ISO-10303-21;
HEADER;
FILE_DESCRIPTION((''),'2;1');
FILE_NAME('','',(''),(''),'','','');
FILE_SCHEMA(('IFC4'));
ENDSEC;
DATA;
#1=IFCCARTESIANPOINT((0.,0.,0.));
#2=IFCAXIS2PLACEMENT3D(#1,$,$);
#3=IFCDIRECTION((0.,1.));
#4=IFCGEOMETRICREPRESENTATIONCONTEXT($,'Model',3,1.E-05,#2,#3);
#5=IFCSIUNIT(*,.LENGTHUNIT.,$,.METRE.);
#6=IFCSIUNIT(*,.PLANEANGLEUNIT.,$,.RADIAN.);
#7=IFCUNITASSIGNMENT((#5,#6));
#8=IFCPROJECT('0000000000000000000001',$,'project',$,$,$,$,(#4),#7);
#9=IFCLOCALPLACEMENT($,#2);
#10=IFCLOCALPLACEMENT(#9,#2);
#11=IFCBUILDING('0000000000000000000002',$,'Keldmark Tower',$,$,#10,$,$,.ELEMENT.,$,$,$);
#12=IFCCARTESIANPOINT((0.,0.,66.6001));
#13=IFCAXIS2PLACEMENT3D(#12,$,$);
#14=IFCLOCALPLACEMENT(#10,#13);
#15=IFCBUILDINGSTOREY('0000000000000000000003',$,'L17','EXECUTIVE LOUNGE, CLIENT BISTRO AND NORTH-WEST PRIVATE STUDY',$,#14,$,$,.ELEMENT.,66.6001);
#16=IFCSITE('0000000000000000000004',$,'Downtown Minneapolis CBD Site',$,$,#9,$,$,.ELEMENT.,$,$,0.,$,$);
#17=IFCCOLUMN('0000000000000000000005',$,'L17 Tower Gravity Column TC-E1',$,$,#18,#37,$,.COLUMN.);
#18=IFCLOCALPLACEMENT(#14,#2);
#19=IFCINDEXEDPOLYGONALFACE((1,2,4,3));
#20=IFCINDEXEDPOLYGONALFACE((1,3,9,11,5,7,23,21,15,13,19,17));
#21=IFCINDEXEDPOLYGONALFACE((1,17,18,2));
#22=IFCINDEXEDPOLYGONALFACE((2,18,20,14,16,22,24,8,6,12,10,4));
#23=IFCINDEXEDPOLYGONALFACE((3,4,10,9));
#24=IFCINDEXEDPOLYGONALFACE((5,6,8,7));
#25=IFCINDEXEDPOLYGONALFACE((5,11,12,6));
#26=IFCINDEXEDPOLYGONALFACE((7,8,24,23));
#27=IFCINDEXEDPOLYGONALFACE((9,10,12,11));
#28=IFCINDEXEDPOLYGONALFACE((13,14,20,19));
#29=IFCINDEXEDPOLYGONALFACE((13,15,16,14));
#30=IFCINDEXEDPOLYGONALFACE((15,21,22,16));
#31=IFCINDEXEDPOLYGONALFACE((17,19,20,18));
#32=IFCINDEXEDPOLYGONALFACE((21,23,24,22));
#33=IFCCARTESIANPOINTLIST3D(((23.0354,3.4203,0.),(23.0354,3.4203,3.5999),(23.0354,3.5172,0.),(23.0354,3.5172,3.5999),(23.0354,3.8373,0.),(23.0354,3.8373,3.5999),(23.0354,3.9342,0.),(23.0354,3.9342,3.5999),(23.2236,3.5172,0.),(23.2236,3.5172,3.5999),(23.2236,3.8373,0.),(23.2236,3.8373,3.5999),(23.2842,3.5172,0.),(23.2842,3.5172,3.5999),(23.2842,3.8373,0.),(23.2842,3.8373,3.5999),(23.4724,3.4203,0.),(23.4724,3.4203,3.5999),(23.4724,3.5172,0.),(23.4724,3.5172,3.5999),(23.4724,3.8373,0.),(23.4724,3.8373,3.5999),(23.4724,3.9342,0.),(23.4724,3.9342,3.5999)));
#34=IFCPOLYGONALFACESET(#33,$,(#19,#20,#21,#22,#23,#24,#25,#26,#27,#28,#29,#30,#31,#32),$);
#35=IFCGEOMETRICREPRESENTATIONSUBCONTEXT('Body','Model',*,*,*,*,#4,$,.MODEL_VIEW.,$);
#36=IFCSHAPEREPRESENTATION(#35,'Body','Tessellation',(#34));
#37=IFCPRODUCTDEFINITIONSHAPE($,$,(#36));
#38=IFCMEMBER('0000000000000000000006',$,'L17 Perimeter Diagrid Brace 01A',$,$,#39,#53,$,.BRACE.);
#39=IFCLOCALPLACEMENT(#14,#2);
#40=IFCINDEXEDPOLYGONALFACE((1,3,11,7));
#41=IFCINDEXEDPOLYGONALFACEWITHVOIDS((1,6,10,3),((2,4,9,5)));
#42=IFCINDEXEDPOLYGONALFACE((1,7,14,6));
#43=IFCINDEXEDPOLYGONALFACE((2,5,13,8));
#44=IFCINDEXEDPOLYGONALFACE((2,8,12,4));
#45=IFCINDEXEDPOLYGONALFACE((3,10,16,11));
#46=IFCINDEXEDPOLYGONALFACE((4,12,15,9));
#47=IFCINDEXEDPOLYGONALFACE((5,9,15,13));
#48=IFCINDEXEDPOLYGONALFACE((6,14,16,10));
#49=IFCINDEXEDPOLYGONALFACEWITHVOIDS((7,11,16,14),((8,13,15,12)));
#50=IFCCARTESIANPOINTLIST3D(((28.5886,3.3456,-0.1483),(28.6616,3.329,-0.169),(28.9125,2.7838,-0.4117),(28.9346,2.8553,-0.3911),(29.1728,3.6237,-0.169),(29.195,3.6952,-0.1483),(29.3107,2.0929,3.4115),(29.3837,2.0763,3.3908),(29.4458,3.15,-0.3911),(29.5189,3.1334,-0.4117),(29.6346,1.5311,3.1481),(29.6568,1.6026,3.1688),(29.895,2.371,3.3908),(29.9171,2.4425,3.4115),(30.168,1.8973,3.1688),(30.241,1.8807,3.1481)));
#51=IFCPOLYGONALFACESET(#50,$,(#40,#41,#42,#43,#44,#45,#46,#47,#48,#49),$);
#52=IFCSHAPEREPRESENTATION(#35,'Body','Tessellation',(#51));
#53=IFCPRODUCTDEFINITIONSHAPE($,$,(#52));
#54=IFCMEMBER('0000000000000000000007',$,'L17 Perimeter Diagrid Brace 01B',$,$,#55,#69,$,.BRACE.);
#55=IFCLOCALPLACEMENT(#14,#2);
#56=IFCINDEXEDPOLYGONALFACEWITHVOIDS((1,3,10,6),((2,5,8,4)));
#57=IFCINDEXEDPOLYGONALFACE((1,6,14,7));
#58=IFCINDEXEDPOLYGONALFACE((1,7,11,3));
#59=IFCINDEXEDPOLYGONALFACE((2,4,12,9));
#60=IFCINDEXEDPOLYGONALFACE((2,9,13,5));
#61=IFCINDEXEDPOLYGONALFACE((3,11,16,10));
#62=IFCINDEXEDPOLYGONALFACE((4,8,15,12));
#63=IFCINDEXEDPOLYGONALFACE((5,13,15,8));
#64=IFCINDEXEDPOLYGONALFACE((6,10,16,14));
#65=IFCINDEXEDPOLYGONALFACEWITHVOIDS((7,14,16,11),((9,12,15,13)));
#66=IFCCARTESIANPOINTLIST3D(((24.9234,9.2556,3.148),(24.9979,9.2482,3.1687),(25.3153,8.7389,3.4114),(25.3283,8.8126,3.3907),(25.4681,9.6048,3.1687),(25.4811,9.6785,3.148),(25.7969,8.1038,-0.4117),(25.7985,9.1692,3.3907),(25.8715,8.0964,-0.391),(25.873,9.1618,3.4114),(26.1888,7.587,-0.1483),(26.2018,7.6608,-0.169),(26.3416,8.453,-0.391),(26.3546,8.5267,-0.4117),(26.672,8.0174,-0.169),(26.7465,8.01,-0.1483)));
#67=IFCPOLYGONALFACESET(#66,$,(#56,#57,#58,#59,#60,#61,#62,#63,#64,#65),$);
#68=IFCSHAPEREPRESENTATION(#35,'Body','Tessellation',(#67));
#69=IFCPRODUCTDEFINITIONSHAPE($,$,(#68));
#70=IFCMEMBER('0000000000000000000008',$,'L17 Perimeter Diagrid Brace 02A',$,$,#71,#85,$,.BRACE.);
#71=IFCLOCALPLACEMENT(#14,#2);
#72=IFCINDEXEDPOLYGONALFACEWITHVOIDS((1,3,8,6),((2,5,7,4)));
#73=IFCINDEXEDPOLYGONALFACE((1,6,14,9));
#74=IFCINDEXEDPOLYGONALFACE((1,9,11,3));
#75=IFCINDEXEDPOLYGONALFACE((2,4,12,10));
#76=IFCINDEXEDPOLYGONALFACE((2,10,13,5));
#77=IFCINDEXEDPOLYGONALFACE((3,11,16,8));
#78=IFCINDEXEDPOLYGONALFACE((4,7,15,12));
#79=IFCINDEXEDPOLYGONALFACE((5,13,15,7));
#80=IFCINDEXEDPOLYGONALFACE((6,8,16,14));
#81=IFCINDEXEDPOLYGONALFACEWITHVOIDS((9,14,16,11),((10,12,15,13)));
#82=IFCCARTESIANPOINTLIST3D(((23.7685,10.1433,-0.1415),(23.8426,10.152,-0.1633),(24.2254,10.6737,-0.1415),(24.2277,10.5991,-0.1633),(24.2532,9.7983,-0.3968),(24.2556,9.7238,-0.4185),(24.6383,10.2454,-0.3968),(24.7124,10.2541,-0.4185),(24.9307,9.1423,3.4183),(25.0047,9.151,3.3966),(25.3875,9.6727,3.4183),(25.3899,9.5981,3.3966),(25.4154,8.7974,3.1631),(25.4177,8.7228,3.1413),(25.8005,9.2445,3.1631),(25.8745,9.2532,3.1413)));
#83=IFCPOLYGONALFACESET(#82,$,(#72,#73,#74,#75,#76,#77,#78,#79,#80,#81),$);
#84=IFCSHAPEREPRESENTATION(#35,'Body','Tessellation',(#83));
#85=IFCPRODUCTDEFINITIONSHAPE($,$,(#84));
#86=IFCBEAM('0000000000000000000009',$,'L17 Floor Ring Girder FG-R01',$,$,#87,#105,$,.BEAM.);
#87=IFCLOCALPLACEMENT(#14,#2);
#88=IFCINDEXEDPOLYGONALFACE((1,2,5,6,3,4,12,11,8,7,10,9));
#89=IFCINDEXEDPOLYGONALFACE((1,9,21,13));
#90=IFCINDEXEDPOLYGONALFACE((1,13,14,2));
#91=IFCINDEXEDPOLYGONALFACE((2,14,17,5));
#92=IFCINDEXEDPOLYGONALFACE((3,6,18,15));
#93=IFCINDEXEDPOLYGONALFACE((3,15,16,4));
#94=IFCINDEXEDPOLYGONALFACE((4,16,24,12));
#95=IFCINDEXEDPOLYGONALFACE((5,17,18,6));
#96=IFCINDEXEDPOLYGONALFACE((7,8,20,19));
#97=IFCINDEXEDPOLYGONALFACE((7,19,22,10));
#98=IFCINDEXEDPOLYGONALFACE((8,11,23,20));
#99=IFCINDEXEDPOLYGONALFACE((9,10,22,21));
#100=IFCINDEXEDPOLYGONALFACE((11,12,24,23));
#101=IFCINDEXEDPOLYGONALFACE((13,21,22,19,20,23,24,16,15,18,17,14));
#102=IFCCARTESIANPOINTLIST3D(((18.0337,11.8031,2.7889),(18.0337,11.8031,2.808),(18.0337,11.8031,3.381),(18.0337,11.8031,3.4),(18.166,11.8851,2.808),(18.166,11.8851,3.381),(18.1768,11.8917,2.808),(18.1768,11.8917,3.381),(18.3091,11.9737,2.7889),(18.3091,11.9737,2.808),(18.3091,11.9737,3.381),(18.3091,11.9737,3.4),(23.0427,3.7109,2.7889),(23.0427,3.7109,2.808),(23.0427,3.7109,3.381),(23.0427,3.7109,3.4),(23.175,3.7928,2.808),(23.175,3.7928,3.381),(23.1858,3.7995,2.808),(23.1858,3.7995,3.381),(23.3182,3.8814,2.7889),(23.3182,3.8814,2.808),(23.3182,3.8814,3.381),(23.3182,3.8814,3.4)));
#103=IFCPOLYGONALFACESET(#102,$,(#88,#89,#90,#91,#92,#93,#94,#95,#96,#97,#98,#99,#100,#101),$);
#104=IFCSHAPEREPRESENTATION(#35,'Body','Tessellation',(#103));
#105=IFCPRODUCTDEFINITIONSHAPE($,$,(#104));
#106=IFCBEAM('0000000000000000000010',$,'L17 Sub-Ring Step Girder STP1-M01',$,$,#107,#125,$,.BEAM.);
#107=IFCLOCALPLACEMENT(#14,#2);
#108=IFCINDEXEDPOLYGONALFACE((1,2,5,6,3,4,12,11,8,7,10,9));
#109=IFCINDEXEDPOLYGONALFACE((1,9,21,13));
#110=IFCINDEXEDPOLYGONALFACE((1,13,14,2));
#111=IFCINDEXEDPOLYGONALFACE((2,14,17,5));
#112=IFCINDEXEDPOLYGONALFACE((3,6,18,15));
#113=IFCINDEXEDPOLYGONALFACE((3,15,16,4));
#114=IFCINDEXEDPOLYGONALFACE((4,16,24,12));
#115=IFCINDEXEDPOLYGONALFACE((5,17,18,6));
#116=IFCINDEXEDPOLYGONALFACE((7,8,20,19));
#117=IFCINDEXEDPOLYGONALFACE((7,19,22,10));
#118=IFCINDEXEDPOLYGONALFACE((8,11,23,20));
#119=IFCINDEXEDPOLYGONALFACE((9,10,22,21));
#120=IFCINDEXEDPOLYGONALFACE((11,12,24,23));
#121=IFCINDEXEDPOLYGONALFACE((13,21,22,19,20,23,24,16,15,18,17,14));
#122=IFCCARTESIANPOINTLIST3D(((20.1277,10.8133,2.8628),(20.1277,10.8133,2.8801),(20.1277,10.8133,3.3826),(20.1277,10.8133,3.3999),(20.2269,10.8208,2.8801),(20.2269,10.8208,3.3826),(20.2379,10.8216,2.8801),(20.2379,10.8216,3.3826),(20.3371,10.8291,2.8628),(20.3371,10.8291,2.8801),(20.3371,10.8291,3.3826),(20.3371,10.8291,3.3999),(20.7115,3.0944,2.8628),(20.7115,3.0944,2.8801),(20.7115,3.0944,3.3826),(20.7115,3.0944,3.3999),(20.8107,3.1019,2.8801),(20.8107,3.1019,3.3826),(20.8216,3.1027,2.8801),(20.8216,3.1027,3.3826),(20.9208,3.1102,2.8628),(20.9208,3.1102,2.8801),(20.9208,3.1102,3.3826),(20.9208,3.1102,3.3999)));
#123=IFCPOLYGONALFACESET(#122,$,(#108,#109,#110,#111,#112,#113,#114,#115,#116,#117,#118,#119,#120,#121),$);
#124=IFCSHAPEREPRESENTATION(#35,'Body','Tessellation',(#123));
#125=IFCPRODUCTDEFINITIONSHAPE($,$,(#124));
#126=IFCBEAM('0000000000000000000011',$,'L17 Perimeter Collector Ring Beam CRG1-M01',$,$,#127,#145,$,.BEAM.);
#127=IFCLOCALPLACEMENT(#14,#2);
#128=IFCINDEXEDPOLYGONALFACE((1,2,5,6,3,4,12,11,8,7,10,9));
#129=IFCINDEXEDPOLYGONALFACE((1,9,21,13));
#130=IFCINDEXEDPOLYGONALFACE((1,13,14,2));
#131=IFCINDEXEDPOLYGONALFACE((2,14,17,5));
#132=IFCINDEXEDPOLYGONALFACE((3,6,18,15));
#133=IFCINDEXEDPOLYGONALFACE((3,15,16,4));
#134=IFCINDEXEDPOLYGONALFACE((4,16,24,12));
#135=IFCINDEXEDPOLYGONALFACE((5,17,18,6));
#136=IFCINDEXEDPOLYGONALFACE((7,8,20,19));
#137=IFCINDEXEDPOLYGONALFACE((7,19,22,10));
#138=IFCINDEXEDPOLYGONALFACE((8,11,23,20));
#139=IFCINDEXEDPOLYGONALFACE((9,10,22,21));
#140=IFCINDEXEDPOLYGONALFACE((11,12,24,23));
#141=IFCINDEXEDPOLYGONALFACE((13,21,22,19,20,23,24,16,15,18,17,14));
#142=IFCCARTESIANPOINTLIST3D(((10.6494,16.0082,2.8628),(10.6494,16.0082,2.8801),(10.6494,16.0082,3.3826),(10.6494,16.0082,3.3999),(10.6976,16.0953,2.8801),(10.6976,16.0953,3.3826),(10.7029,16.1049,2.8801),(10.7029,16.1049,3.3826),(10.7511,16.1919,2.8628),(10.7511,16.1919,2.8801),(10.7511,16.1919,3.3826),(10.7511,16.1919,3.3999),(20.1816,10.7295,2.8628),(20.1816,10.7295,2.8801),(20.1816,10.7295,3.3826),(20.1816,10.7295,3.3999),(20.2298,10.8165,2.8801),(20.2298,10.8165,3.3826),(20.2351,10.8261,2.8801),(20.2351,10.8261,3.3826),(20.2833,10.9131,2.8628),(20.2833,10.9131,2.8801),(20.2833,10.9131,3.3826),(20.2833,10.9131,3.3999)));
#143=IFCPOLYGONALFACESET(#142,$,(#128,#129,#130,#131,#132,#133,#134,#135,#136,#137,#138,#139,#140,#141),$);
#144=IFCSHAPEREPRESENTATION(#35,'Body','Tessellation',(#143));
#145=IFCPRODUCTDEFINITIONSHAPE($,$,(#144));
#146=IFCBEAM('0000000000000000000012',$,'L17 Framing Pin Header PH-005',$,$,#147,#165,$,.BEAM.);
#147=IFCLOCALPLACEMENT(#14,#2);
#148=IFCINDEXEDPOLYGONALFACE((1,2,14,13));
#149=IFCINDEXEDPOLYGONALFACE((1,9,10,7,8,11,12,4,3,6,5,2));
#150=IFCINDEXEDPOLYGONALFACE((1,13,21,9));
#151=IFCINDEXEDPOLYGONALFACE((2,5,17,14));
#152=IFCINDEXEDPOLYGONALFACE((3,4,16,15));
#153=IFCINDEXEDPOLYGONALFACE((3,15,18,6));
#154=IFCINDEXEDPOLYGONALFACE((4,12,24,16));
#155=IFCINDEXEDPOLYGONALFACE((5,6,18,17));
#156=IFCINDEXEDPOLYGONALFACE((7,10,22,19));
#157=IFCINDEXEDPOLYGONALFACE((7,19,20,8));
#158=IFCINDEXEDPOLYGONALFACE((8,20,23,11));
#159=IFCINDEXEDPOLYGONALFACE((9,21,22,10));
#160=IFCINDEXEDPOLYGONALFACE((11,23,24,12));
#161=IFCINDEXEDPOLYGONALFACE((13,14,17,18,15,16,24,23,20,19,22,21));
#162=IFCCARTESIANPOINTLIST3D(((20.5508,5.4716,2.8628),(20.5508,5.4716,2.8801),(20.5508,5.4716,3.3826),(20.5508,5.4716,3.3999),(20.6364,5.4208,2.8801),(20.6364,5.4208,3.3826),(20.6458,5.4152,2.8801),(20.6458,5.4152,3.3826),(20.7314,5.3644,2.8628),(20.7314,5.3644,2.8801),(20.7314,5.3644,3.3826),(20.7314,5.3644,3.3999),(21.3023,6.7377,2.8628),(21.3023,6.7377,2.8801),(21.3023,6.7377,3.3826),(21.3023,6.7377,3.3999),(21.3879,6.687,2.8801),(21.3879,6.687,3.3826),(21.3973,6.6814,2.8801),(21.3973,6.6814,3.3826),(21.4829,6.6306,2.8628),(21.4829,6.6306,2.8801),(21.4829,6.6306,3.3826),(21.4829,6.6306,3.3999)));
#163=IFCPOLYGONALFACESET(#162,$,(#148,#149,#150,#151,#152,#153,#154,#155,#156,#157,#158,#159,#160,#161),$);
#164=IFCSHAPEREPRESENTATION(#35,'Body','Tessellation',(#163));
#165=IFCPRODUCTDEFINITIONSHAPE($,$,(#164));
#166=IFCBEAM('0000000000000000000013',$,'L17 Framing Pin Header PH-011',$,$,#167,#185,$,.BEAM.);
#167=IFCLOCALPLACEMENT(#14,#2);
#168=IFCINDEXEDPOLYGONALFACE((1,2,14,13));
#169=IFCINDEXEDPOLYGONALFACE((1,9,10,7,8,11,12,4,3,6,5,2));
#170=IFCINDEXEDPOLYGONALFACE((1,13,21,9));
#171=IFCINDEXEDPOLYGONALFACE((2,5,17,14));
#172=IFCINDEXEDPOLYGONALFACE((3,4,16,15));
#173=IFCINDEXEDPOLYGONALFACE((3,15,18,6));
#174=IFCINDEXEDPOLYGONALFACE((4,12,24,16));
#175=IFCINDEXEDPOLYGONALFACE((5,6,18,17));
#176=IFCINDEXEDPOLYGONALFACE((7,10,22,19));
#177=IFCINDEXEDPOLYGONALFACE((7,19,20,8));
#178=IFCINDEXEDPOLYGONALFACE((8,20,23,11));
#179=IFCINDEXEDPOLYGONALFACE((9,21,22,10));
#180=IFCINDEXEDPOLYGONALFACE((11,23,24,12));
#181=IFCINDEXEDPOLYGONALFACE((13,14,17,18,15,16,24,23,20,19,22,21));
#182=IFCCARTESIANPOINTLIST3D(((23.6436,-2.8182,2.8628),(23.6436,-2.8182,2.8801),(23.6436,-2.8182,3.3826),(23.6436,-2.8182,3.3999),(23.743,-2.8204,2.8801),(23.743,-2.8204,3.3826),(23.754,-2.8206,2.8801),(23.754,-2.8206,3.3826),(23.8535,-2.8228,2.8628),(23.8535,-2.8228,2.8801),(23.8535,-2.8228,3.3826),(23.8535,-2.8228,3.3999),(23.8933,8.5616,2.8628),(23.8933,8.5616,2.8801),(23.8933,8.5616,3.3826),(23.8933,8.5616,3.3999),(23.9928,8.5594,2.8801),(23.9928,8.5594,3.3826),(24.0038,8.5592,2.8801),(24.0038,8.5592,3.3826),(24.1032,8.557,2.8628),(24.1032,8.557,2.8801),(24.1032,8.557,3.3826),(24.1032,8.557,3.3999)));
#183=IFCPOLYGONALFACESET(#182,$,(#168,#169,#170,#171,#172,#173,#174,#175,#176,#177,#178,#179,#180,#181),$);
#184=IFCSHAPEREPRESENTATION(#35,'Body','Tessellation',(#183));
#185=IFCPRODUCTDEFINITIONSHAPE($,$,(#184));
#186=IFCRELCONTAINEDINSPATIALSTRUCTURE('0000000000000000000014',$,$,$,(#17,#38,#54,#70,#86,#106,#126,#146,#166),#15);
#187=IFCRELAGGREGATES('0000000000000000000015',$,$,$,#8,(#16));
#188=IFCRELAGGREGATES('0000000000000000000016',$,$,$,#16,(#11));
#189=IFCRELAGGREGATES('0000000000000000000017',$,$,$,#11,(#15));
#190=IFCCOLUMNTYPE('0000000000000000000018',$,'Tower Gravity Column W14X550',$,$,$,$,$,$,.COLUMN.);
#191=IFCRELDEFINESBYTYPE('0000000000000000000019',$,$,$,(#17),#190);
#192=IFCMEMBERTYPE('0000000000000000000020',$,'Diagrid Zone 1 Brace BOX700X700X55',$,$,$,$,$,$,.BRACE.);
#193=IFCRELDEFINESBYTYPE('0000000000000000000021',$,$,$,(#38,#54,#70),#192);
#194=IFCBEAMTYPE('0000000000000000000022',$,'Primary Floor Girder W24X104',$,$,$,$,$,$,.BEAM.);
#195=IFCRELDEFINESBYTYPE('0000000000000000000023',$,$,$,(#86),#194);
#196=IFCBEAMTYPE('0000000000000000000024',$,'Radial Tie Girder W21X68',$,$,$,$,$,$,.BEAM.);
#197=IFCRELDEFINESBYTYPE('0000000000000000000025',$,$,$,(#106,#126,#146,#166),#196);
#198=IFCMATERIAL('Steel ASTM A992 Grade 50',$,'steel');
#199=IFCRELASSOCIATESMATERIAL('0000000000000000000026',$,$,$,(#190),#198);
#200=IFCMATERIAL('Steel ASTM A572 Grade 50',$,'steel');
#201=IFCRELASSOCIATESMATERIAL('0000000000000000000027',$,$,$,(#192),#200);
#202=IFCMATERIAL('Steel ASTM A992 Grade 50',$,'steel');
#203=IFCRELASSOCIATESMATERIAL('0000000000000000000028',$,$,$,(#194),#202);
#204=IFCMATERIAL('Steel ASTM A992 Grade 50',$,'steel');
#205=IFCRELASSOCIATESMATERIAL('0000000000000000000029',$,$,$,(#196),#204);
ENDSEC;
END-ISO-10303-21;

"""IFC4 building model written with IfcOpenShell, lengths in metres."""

from ifc_helpers import new_model, si_unit, direction, frame, origin, origin_2d, place, context, subcontext, project, spatial, hollow_rectangle, i_section, extrude, material, material_profile, profile_set, type_object, element, save


model = new_model("IFC4")

# Units and contexts
model_context = context("Model", 3, precision=1e-05, world=origin(), true_north=direction((0.0, 1.0)))
body_context = subcontext(model_context, "Body", "Model", "MODEL_VIEW")
ifc_project = project(units=[si_unit("LENGTHUNIT", "METRE"), si_unit("PLANEANGLEUNIT", "RADIAN")], contexts=[model_context])

# Site, building, storey
site_placement = place(None, origin())
site = spatial("IfcSite", under=ifc_project, at=site_placement, Name="Downtown Minneapolis CBD Site", CompositionType="ELEMENT", RefElevation=0.0)
building_placement = place(site_placement, origin())
building = spatial("IfcBuilding", under=site, at=building_placement, Name="Keldmark Tower", CompositionType="ELEMENT")
storey_placement = place(building_placement, frame((0.0, 0.0, 66.6001)))
storey = spatial("IfcBuildingStorey", under=building, at=storey_placement, Name="L17", Description="EXECUTIVE LOUNGE, CLIENT BISTRO AND NORTH-WEST PRIVATE STUDY", CompositionType="ELEMENT", Elevation=66.6001)

# Column
ifc_material_1 = material(Name="Steel ASTM A992 Grade 50", Category="steel")
ifc_material_profile_1 = material_profile(ifc_material_1, i_section(OverallWidth=0.437, OverallDepth=0.5139, WebThickness=0.0605, FlangeThickness=0.0969, at=origin_2d()), Name="W14X550")
ifc_profile_set_1 = profile_set([ifc_material_profile_1], Name="Steel ASTM A992 Grade 50")
column_type = type_object("IfcColumnType", Name="Tower Gravity Column W14X550", PredefinedType="COLUMN", material=ifc_profile_set_1)
column_placement = place(storey_placement, frame((23.2539, 3.6772, 0.0), z_axis=(0.0, 0.0, 1.0), x_axis=(1.0, 0.0, 0.0)))
element("IfcColumn", 1, at=column_placement, inside=storey, type_object=column_type, Name="L17 Tower Gravity Column TC-E1", PredefinedType="COLUMN", context=body_context, shape_type="SweptSolid", body=[
    extrude(i_section(OverallWidth=0.437, OverallDepth=0.5139, WebThickness=0.0605, FlangeThickness=0.0969, at=origin_2d()), origin(), (0.0, 0.0, 1.0), 3.5999),
])

# Members
ifc_material_2 = material(Name="Steel ASTM A572 Grade 50", Category="steel")
ifc_material_profile_2 = material_profile(ifc_material_2, hollow_rectangle(XDim=0.7, YDim=0.7, WallThickness=0.0549, at=origin_2d()), Name="BOX700X700X55")
ifc_profile_set_2 = profile_set([ifc_material_profile_2], Name="Steel ASTM A572 Grade 50")
member_type = type_object("IfcMemberType", Name="Diagrid Zone 1 Brace BOX700X700X55", PredefinedType="BRACE", material=ifc_profile_set_2)
member_1_placement = place(storey_placement, frame((29.0537, 3.2395, -0.28), z_axis=(0.187954, -0.326028, 0.926488), x_axis=(0.866346, 0.499445, 0.0)))
element("IfcMember", 2, at=member_1_placement, inside=storey, type_object=member_type, Name="L17 Perimeter Diagrid Brace 01A", PredefinedType="BRACE", context=body_context, shape_type="SweptSolid", body=[
    extrude(hollow_rectangle(XDim=0.7, YDim=0.7, WallThickness=0.0549, at=origin_2d()), origin(), (0.0, 0.0, 1.0), 3.8423),
])
member_2_placement = place(storey_placement, frame((26.2717, 8.0569, -0.28), z_axis=(-0.227356, 0.299795, 0.926516), x_axis=(-0.796787, -0.604261, 0.0)))
element("IfcMember", 3, at=member_2_placement, inside=storey, type_object=member_type, Name="L17 Perimeter Diagrid Brace 01B", PredefinedType="BRACE", context=body_context, shape_type="SweptSolid", body=[
    extrude(hollow_rectangle(XDim=0.7, YDim=0.7, WallThickness=0.0549, at=origin_2d()), origin(), (0.0, 0.0, 1.0), 3.842),
])
member_3_placement = place(storey_placement, frame((24.2405, 10.1987, -0.28), z_axis=(0.299808, -0.258238, 0.918383), x_axis=(0.652625, 0.757681, 0.0)))
element("IfcMember", 4, at=member_3_placement, inside=storey, type_object=member_type, Name="L17 Perimeter Diagrid Brace 02A", PredefinedType="BRACE", context=body_context, shape_type="SweptSolid", body=[
    extrude(hollow_rectangle(XDim=0.7, YDim=0.7, WallThickness=0.0549, at=origin_2d()), origin(), (0.0, 0.0, 1.0), 3.8762),
])

# Beams
ifc_material_3 = material(Name="Steel ASTM A992 Grade 50", Category="steel")
ifc_material_profile_3 = material_profile(ifc_material_3, i_section(OverallWidth=0.324, OverallDepth=0.6111, WebThickness=0.0127, FlangeThickness=0.019, at=origin_2d()), Name="W24X104")
ifc_profile_set_3 = profile_set([ifc_material_profile_3], Name="Steel ASTM A992 Grade 50")
beam_type_1 = type_object("IfcBeamType", Name="Primary Floor Girder W24X104", PredefinedType="BEAM", material=ifc_profile_set_3)
beam_1_placement = place(storey_placement, frame((23.1804, 3.7961, 3.0945), z_axis=(-0.526318, 0.850288, 0.0), x_axis=(-0.850288, -0.526318, 0.0)))
element("IfcBeam", 5, at=beam_1_placement, inside=storey, type_object=beam_type_1, Name="L17 Floor Ring Girder FG-R01", PredefinedType="BEAM", context=body_context, shape_type="SweptSolid", body=[
    extrude(i_section(OverallWidth=0.324, OverallDepth=0.6111, WebThickness=0.0127, FlangeThickness=0.019, at=origin_2d()), origin(), (0.0, 0.0, 1.0), 9.5171),
])
ifc_material_4 = material(Name="Steel ASTM A992 Grade 50", Category="steel")
ifc_material_profile_4 = material_profile(ifc_material_4, i_section(OverallWidth=0.21, OverallDepth=0.5371, WebThickness=0.011, FlangeThickness=0.0173, at=origin_2d()), Name="W21X68")
ifc_profile_set_4 = profile_set([ifc_material_profile_4], Name="Steel ASTM A992 Grade 50")
beam_type_2 = type_object("IfcBeamType", Name="Radial Tie Girder W21X68", PredefinedType="BEAM", material=ifc_profile_set_4)
beam_2_placement = place(storey_placement, frame((20.8162, 3.1023, 3.1313), z_axis=(-0.075409, 0.997153, 0.0), x_axis=(-0.997153, -0.075409, 0.0)))
element("IfcBeam", 6, at=beam_2_placement, inside=storey, type_object=beam_type_2, Name="L17 Sub-Ring Step Girder STP1-M01", PredefinedType="BEAM", context=body_context, shape_type="SweptSolid", body=[
    extrude(i_section(OverallWidth=0.21, OverallDepth=0.5371, WebThickness=0.011, FlangeThickness=0.0173, at=origin_2d()), origin(), (0.0, 0.0, 1.0), 7.741),
])
beam_3_placement = place(storey_placement, frame((20.2324, 10.8213, 3.1313), z_axis=(-0.874814, 0.484459, 0.0), x_axis=(-0.484459, -0.874814, 0.0)))
element("IfcBeam", 7, at=beam_3_placement, inside=storey, type_object=beam_type_2, Name="L17 Perimeter Collector Ring Beam CRG1-M01", PredefinedType="BEAM", context=body_context, shape_type="SweptSolid", body=[
    extrude(i_section(OverallWidth=0.21, OverallDepth=0.5371, WebThickness=0.011, FlangeThickness=0.0173, at=origin_2d()), origin(), (0.0, 0.0, 1.0), 10.8962),
])
beam_4_placement = place(storey_placement, frame((20.6411, 5.418, 3.1313), z_axis=(0.510393, 0.859941, 0.0), x_axis=(-0.859941, 0.510393, 0.0)))
element("IfcBeam", 8, at=beam_4_placement, inside=storey, type_object=beam_type_2, Name="L17 Framing Pin Header PH-005", PredefinedType="BEAM", context=body_context, shape_type="SweptSolid", body=[
    extrude(i_section(OverallWidth=0.21, OverallDepth=0.5371, WebThickness=0.011, FlangeThickness=0.0173, at=origin_2d()), origin(), (0.0, 0.0, 1.0), 1.4724),
])
beam_5_placement = place(storey_placement, frame((23.9983, 8.5593, 3.1313), z_axis=(-0.021942, -0.999759, 0.0), x_axis=(0.999759, -0.021942, 0.0)))
element("IfcBeam", 9, at=beam_5_placement, inside=storey, type_object=beam_type_2, Name="L17 Framing Pin Header PH-011", PredefinedType="BEAM", context=body_context, shape_type="SweptSolid", body=[
    extrude(i_section(OverallWidth=0.21, OverallDepth=0.5371, WebThickness=0.011, FlangeThickness=0.0173, at=origin_2d()), origin(), (0.0, 0.0, 1.0), 11.3826),
])

save(model, "model.ifc")
